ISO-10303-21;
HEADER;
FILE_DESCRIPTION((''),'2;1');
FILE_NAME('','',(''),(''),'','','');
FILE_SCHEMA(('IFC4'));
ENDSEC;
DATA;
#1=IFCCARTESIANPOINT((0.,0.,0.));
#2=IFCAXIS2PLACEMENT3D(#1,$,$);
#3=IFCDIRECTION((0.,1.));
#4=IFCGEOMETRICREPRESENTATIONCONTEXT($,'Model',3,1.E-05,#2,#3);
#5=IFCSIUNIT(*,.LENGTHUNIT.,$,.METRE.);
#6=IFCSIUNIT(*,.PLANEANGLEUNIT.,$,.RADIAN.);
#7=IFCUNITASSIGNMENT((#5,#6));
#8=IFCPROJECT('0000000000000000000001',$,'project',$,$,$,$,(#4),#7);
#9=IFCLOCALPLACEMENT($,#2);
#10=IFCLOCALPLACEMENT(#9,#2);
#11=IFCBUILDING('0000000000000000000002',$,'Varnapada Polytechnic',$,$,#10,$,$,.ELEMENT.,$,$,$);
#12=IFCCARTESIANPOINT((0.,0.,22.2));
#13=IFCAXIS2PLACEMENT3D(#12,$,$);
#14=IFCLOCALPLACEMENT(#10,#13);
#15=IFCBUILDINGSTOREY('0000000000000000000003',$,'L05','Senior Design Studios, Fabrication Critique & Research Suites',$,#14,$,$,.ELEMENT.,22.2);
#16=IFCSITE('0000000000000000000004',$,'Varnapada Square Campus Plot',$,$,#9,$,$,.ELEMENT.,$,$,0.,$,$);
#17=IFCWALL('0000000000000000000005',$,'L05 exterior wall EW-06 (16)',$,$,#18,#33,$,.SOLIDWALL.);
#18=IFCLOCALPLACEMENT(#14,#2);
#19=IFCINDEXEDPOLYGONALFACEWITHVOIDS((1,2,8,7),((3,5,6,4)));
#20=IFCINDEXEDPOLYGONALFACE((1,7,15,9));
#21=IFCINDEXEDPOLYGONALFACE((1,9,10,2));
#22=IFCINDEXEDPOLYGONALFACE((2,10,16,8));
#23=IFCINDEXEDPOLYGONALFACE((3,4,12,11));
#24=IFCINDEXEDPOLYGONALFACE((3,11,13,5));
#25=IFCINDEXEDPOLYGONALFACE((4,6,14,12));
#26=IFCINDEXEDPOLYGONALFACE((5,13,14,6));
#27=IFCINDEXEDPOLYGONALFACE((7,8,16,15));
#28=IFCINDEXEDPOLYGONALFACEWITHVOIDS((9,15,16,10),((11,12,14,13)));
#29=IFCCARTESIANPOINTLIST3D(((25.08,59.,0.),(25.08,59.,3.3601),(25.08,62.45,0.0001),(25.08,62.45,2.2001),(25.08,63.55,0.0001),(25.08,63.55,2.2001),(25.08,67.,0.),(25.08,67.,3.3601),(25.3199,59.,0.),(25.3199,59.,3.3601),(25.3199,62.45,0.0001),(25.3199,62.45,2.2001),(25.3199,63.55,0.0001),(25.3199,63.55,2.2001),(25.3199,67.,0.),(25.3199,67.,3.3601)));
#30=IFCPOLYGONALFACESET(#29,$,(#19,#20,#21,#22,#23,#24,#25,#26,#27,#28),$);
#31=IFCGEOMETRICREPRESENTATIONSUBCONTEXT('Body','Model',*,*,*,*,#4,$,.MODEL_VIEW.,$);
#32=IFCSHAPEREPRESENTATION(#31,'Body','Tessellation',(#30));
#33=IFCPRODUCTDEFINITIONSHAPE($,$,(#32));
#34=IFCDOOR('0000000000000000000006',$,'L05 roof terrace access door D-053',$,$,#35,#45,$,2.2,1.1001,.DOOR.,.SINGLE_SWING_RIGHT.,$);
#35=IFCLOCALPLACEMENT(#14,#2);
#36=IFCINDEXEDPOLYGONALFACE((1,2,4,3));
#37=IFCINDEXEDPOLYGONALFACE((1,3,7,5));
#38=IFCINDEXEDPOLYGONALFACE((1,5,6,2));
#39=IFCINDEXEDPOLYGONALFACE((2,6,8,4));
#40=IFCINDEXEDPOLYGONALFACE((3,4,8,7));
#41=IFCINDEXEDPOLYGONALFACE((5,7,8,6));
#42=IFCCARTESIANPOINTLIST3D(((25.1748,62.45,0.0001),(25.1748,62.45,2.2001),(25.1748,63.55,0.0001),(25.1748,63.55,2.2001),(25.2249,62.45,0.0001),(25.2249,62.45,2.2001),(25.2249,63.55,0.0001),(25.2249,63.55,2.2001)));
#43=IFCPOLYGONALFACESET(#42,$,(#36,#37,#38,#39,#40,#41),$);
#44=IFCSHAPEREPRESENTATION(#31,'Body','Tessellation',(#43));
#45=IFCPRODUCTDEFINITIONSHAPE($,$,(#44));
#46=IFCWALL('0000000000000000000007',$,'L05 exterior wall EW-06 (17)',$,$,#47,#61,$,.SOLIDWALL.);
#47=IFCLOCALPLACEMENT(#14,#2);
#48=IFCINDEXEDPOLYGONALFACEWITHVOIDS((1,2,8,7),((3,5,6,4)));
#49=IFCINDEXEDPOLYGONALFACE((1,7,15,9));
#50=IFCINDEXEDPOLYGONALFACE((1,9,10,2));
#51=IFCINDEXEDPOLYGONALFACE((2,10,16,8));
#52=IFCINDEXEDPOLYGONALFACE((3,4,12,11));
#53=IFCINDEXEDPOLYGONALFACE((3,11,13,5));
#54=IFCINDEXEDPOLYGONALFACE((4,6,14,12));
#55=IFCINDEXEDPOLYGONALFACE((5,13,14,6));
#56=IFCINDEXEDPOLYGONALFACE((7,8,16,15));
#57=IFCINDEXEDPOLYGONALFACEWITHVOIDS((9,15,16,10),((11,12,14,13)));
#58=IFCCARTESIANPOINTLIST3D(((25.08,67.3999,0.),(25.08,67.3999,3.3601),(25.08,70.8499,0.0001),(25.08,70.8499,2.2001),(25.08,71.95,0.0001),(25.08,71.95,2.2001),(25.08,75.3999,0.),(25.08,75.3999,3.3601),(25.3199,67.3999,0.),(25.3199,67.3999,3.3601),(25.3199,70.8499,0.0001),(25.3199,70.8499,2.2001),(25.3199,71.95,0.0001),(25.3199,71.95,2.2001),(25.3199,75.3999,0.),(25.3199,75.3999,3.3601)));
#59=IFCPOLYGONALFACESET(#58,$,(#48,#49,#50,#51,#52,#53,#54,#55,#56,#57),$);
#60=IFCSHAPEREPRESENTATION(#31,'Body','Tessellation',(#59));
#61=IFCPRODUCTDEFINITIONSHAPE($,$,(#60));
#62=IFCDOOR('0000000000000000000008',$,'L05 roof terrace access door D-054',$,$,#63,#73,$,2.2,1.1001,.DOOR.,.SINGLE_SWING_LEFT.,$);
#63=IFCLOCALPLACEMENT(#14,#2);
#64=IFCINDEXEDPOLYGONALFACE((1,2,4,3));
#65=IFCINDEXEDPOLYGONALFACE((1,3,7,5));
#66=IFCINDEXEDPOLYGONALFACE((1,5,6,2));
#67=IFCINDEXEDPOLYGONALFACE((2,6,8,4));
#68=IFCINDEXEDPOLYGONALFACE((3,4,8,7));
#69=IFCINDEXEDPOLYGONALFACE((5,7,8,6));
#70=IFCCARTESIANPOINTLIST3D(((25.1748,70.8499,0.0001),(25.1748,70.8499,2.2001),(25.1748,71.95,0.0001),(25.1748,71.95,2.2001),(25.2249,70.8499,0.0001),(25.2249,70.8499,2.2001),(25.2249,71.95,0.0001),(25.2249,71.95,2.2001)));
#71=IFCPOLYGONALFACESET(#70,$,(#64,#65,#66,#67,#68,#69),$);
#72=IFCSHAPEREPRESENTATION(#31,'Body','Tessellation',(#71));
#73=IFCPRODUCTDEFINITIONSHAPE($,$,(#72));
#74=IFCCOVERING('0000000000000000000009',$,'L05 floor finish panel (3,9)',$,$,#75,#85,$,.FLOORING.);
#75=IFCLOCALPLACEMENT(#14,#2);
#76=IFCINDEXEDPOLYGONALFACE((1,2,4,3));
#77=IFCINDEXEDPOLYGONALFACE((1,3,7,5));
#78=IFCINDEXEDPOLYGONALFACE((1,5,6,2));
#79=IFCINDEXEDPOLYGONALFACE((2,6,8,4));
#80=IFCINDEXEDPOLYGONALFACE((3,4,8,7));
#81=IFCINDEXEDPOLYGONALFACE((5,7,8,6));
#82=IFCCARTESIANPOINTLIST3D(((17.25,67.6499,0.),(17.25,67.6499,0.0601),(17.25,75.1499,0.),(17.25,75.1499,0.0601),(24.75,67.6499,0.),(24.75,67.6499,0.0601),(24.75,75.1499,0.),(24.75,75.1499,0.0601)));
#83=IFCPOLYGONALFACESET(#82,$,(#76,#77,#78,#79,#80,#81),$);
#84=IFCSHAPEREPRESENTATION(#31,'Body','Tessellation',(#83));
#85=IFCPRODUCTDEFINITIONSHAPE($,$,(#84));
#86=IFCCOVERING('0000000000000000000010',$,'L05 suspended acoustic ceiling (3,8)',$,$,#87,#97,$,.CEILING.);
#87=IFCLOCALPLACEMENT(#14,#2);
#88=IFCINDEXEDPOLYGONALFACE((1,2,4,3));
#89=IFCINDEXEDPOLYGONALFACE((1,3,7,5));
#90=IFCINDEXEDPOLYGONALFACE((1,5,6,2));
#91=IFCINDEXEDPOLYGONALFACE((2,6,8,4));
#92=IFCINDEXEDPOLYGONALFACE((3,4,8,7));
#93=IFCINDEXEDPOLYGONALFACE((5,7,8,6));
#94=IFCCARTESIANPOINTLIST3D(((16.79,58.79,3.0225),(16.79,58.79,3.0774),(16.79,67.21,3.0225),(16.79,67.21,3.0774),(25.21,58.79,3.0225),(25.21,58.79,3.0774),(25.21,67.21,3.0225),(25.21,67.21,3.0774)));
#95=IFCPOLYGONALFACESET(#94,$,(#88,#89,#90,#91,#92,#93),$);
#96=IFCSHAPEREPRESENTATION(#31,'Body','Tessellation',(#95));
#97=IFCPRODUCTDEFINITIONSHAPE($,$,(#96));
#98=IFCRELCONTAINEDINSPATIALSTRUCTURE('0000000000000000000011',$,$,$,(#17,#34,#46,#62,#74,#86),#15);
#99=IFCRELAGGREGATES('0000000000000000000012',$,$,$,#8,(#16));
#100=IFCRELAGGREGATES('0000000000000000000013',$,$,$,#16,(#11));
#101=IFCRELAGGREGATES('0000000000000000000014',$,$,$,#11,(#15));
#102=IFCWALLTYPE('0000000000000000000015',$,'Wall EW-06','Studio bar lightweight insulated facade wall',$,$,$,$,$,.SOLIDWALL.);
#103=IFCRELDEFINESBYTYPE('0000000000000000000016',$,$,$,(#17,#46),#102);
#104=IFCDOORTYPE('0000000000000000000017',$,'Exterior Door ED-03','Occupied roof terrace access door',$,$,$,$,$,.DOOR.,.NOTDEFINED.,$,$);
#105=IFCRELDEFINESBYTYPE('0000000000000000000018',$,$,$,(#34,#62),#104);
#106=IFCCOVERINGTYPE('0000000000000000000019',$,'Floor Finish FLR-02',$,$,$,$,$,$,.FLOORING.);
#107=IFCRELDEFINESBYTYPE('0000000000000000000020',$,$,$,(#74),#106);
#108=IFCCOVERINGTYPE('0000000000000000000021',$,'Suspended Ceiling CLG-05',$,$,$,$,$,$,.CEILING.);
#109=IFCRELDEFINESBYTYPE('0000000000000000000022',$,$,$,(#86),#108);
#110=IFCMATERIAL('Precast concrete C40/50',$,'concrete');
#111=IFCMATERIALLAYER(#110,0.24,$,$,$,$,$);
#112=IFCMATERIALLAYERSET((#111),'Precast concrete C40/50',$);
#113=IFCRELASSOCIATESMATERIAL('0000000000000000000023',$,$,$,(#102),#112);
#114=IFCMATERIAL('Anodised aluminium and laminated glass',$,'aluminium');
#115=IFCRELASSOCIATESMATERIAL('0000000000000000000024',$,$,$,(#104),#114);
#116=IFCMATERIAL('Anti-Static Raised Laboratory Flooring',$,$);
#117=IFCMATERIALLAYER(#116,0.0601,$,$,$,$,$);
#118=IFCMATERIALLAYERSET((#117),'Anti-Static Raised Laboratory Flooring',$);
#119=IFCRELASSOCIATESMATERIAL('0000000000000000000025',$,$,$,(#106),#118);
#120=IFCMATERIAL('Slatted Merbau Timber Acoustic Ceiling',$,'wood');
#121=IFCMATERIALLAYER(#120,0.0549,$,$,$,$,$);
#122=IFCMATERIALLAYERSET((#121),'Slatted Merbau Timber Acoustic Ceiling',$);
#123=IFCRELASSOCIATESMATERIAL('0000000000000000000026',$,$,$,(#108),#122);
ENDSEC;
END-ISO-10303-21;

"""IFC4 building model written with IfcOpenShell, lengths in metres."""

from ifc_helpers import new_model, si_unit, direction, frame, frame_2d, origin, origin_2d, place, context, subcontext, project, spatial, rectangle, extrude, material, layer, layer_set, type_object, element, fill, save


model = new_model("IFC4")

# Units and contexts
model_context = context("Model", 3, precision=1e-05, world=origin(), true_north=direction((0.0, 1.0)))
body_context = subcontext(model_context, "Body", "Model", "MODEL_VIEW")
ifc_project = project(units=[si_unit("LENGTHUNIT", "METRE"), si_unit("PLANEANGLEUNIT", "RADIAN")], contexts=[model_context])

# Site, building, storey
site_placement = place(None, origin())
site = spatial("IfcSite", under=ifc_project, at=site_placement, Name="Varnapada Square Campus Plot", CompositionType="ELEMENT", RefElevation=0.0)
building_placement = place(site_placement, origin())
building = spatial("IfcBuilding", under=site, at=building_placement, Name="Varnapada Polytechnic", CompositionType="ELEMENT")
storey_placement = place(building_placement, frame((0.0, 0.0, 22.2)))
storey = spatial("IfcBuildingStorey", under=building, at=storey_placement, Name="L05", Description="Senior Design Studios, Fabrication Critique & Research Suites", CompositionType="ELEMENT", Elevation=22.2)

# Walls, openings, doors
ifc_material_1 = material(Name="Precast concrete C40/50", Category="concrete")
ifc_layer_1 = layer(ifc_material_1, 0.24)
ifc_layer_set_1 = layer_set([ifc_layer_1], Name="Precast concrete C40/50")
wall_type_1 = type_object("IfcWallType", Name="Wall EW-06", Description="Studio bar lightweight insulated facade wall", PredefinedType="SOLIDWALL", material=ifc_layer_set_1)
wall_1_placement = place(storey_placement, frame((25.2, 67.0, 0.0), z_axis=(0.0, 0.0, 1.0), x_axis=(0.0, -1.0, 0.0)))
wall_1 = element("IfcWall", 1, at=wall_1_placement, inside=storey, type_object=wall_type_1, Name="L05 exterior wall EW-06 (16)", PredefinedType="SOLIDWALL", context=body_context, shape_type="SweptSolid", body=[
    extrude(rectangle(XDim=8.0, YDim=0.24, at=frame_2d((4.0, 0.0))), origin(), (0.0, 0.0, 1.0), 3.3601),
])
opening_1_placement = place(wall_1_placement, frame((3.45, 0.0, 0.0)))
opening_1 = element("IfcOpeningElement", 2, at=opening_1_placement, cuts=wall_1, PredefinedType="OPENING", context=body_context, shape_type="SweptSolid", body=[
    extrude(rectangle(XDim=1.1001, YDim=2.2, at=frame_2d((0.55, 1.1001))), frame((0.0, 0.1299, 0.0), z_axis=(0.0, -1.0, 0.0), x_axis=(1.0, 0.0, 0.0)), (0.0, 0.0, 1.0), 0.26),
])
ifc_material_2 = material(Name="Anodised aluminium and laminated glass", Category="aluminium")
door_type_1 = type_object("IfcDoorType", Name="Exterior Door ED-03", Description="Occupied roof terrace access door", OperationType="NOTDEFINED", PredefinedType="DOOR", material=ifc_material_2)
door_1_placement = place(opening_1_placement, origin())
door_1 = element("IfcDoor", 3, at=door_1_placement, inside=storey, type_object=door_type_1, Name="L05 roof terrace access door D-053", OperationType="SINGLE_SWING_RIGHT", OverallHeight=2.2, OverallWidth=1.1001, PredefinedType="DOOR", context=body_context, shape_type="SweptSolid", body=[
    extrude(rectangle(XDim=1.1001, YDim=2.2, at=frame_2d((0.55, 1.1001))), frame((0.0, 0.0249, 0.0), z_axis=(0.0, -1.0, 0.0), x_axis=(1.0, 0.0, 0.0)), (0.0, 0.0, 1.0), 0.05),
])
fill(opening_1, door_1)
wall_2_placement = place(storey_placement, frame((25.2, 75.3999, 0.0), z_axis=(0.0, 0.0, 1.0), x_axis=(0.0, -1.0, 0.0)))
wall_2 = element("IfcWall", 4, at=wall_2_placement, inside=storey, type_object=wall_type_1, Name="L05 exterior wall EW-06 (17)", PredefinedType="SOLIDWALL", context=body_context, shape_type="SweptSolid", body=[
    extrude(rectangle(XDim=8.0, YDim=0.24, at=frame_2d((4.0, 0.0))), origin(), (0.0, 0.0, 1.0), 3.3601),
])
opening_2_placement = place(wall_2_placement, frame((3.45, 0.0, 0.0)))
opening_2 = element("IfcOpeningElement", 5, at=opening_2_placement, cuts=wall_2, PredefinedType="OPENING", context=body_context, shape_type="SweptSolid", body=[
    extrude(rectangle(XDim=1.1001, YDim=2.2, at=frame_2d((0.55, 1.1001))), frame((0.0, 0.1299, 0.0), z_axis=(0.0, -1.0, 0.0), x_axis=(1.0, 0.0, 0.0)), (0.0, 0.0, 1.0), 0.26),
])
door_2_placement = place(opening_2_placement, origin())
door_2 = element("IfcDoor", 6, at=door_2_placement, inside=storey, type_object=door_type_1, Name="L05 roof terrace access door D-054", OperationType="SINGLE_SWING_LEFT", OverallHeight=2.2, OverallWidth=1.1001, PredefinedType="DOOR", context=body_context, shape_type="SweptSolid", body=[
    extrude(rectangle(XDim=1.1001, YDim=2.2, at=frame_2d((0.55, 1.1001))), frame((0.0, 0.0249, 0.0), z_axis=(0.0, -1.0, 0.0), x_axis=(1.0, 0.0, 0.0)), (0.0, 0.0, 1.0), 0.05),
])
fill(opening_2, door_2)

# Coverings
ifc_material_3 = material(Name="Anti-Static Raised Laboratory Flooring")
ifc_layer_2 = layer(ifc_material_3, 0.0601)
ifc_layer_set_2 = layer_set([ifc_layer_2], Name="Anti-Static Raised Laboratory Flooring")
covering_type_1 = type_object("IfcCoveringType", Name="Floor Finish FLR-02", PredefinedType="FLOORING", material=ifc_layer_set_2)
covering_1_placement = place(storey_placement, frame((21.0, 71.3999, 0.0), z_axis=(0.0, 0.0, 1.0), x_axis=(1.0, 0.0, 0.0)))
element("IfcCovering", 7, at=covering_1_placement, inside=storey, type_object=covering_type_1, Name="L05 floor finish panel (3,9)", PredefinedType="FLOORING", context=body_context, shape_type="SweptSolid", body=[
    extrude(rectangle(XDim=7.5, YDim=7.5, at=origin_2d()), origin(), (0.0, 0.0, 1.0), 0.0601),
])
ifc_material_4 = material(Name="Slatted Merbau Timber Acoustic Ceiling", Category="wood")
ifc_layer_3 = layer(ifc_material_4, 0.0549)
ifc_layer_set_3 = layer_set([ifc_layer_3], Name="Slatted Merbau Timber Acoustic Ceiling")
covering_type_2 = type_object("IfcCoveringType", Name="Suspended Ceiling CLG-05", PredefinedType="CEILING", material=ifc_layer_set_3)
covering_2_placement = place(storey_placement, frame((21.0, 63.0, 3.0225), z_axis=(0.0, 0.0, 1.0), x_axis=(1.0, 0.0, 0.0)))
element("IfcCovering", 8, at=covering_2_placement, inside=storey, type_object=covering_type_2, Name="L05 suspended acoustic ceiling (3,8)", PredefinedType="CEILING", context=body_context, shape_type="SweptSolid", body=[
    extrude(rectangle(XDim=8.4199, YDim=8.4199, at=origin_2d()), origin(), (0.0, 0.0, 1.0), 0.0549),
])

save(model, "model.ifc")
